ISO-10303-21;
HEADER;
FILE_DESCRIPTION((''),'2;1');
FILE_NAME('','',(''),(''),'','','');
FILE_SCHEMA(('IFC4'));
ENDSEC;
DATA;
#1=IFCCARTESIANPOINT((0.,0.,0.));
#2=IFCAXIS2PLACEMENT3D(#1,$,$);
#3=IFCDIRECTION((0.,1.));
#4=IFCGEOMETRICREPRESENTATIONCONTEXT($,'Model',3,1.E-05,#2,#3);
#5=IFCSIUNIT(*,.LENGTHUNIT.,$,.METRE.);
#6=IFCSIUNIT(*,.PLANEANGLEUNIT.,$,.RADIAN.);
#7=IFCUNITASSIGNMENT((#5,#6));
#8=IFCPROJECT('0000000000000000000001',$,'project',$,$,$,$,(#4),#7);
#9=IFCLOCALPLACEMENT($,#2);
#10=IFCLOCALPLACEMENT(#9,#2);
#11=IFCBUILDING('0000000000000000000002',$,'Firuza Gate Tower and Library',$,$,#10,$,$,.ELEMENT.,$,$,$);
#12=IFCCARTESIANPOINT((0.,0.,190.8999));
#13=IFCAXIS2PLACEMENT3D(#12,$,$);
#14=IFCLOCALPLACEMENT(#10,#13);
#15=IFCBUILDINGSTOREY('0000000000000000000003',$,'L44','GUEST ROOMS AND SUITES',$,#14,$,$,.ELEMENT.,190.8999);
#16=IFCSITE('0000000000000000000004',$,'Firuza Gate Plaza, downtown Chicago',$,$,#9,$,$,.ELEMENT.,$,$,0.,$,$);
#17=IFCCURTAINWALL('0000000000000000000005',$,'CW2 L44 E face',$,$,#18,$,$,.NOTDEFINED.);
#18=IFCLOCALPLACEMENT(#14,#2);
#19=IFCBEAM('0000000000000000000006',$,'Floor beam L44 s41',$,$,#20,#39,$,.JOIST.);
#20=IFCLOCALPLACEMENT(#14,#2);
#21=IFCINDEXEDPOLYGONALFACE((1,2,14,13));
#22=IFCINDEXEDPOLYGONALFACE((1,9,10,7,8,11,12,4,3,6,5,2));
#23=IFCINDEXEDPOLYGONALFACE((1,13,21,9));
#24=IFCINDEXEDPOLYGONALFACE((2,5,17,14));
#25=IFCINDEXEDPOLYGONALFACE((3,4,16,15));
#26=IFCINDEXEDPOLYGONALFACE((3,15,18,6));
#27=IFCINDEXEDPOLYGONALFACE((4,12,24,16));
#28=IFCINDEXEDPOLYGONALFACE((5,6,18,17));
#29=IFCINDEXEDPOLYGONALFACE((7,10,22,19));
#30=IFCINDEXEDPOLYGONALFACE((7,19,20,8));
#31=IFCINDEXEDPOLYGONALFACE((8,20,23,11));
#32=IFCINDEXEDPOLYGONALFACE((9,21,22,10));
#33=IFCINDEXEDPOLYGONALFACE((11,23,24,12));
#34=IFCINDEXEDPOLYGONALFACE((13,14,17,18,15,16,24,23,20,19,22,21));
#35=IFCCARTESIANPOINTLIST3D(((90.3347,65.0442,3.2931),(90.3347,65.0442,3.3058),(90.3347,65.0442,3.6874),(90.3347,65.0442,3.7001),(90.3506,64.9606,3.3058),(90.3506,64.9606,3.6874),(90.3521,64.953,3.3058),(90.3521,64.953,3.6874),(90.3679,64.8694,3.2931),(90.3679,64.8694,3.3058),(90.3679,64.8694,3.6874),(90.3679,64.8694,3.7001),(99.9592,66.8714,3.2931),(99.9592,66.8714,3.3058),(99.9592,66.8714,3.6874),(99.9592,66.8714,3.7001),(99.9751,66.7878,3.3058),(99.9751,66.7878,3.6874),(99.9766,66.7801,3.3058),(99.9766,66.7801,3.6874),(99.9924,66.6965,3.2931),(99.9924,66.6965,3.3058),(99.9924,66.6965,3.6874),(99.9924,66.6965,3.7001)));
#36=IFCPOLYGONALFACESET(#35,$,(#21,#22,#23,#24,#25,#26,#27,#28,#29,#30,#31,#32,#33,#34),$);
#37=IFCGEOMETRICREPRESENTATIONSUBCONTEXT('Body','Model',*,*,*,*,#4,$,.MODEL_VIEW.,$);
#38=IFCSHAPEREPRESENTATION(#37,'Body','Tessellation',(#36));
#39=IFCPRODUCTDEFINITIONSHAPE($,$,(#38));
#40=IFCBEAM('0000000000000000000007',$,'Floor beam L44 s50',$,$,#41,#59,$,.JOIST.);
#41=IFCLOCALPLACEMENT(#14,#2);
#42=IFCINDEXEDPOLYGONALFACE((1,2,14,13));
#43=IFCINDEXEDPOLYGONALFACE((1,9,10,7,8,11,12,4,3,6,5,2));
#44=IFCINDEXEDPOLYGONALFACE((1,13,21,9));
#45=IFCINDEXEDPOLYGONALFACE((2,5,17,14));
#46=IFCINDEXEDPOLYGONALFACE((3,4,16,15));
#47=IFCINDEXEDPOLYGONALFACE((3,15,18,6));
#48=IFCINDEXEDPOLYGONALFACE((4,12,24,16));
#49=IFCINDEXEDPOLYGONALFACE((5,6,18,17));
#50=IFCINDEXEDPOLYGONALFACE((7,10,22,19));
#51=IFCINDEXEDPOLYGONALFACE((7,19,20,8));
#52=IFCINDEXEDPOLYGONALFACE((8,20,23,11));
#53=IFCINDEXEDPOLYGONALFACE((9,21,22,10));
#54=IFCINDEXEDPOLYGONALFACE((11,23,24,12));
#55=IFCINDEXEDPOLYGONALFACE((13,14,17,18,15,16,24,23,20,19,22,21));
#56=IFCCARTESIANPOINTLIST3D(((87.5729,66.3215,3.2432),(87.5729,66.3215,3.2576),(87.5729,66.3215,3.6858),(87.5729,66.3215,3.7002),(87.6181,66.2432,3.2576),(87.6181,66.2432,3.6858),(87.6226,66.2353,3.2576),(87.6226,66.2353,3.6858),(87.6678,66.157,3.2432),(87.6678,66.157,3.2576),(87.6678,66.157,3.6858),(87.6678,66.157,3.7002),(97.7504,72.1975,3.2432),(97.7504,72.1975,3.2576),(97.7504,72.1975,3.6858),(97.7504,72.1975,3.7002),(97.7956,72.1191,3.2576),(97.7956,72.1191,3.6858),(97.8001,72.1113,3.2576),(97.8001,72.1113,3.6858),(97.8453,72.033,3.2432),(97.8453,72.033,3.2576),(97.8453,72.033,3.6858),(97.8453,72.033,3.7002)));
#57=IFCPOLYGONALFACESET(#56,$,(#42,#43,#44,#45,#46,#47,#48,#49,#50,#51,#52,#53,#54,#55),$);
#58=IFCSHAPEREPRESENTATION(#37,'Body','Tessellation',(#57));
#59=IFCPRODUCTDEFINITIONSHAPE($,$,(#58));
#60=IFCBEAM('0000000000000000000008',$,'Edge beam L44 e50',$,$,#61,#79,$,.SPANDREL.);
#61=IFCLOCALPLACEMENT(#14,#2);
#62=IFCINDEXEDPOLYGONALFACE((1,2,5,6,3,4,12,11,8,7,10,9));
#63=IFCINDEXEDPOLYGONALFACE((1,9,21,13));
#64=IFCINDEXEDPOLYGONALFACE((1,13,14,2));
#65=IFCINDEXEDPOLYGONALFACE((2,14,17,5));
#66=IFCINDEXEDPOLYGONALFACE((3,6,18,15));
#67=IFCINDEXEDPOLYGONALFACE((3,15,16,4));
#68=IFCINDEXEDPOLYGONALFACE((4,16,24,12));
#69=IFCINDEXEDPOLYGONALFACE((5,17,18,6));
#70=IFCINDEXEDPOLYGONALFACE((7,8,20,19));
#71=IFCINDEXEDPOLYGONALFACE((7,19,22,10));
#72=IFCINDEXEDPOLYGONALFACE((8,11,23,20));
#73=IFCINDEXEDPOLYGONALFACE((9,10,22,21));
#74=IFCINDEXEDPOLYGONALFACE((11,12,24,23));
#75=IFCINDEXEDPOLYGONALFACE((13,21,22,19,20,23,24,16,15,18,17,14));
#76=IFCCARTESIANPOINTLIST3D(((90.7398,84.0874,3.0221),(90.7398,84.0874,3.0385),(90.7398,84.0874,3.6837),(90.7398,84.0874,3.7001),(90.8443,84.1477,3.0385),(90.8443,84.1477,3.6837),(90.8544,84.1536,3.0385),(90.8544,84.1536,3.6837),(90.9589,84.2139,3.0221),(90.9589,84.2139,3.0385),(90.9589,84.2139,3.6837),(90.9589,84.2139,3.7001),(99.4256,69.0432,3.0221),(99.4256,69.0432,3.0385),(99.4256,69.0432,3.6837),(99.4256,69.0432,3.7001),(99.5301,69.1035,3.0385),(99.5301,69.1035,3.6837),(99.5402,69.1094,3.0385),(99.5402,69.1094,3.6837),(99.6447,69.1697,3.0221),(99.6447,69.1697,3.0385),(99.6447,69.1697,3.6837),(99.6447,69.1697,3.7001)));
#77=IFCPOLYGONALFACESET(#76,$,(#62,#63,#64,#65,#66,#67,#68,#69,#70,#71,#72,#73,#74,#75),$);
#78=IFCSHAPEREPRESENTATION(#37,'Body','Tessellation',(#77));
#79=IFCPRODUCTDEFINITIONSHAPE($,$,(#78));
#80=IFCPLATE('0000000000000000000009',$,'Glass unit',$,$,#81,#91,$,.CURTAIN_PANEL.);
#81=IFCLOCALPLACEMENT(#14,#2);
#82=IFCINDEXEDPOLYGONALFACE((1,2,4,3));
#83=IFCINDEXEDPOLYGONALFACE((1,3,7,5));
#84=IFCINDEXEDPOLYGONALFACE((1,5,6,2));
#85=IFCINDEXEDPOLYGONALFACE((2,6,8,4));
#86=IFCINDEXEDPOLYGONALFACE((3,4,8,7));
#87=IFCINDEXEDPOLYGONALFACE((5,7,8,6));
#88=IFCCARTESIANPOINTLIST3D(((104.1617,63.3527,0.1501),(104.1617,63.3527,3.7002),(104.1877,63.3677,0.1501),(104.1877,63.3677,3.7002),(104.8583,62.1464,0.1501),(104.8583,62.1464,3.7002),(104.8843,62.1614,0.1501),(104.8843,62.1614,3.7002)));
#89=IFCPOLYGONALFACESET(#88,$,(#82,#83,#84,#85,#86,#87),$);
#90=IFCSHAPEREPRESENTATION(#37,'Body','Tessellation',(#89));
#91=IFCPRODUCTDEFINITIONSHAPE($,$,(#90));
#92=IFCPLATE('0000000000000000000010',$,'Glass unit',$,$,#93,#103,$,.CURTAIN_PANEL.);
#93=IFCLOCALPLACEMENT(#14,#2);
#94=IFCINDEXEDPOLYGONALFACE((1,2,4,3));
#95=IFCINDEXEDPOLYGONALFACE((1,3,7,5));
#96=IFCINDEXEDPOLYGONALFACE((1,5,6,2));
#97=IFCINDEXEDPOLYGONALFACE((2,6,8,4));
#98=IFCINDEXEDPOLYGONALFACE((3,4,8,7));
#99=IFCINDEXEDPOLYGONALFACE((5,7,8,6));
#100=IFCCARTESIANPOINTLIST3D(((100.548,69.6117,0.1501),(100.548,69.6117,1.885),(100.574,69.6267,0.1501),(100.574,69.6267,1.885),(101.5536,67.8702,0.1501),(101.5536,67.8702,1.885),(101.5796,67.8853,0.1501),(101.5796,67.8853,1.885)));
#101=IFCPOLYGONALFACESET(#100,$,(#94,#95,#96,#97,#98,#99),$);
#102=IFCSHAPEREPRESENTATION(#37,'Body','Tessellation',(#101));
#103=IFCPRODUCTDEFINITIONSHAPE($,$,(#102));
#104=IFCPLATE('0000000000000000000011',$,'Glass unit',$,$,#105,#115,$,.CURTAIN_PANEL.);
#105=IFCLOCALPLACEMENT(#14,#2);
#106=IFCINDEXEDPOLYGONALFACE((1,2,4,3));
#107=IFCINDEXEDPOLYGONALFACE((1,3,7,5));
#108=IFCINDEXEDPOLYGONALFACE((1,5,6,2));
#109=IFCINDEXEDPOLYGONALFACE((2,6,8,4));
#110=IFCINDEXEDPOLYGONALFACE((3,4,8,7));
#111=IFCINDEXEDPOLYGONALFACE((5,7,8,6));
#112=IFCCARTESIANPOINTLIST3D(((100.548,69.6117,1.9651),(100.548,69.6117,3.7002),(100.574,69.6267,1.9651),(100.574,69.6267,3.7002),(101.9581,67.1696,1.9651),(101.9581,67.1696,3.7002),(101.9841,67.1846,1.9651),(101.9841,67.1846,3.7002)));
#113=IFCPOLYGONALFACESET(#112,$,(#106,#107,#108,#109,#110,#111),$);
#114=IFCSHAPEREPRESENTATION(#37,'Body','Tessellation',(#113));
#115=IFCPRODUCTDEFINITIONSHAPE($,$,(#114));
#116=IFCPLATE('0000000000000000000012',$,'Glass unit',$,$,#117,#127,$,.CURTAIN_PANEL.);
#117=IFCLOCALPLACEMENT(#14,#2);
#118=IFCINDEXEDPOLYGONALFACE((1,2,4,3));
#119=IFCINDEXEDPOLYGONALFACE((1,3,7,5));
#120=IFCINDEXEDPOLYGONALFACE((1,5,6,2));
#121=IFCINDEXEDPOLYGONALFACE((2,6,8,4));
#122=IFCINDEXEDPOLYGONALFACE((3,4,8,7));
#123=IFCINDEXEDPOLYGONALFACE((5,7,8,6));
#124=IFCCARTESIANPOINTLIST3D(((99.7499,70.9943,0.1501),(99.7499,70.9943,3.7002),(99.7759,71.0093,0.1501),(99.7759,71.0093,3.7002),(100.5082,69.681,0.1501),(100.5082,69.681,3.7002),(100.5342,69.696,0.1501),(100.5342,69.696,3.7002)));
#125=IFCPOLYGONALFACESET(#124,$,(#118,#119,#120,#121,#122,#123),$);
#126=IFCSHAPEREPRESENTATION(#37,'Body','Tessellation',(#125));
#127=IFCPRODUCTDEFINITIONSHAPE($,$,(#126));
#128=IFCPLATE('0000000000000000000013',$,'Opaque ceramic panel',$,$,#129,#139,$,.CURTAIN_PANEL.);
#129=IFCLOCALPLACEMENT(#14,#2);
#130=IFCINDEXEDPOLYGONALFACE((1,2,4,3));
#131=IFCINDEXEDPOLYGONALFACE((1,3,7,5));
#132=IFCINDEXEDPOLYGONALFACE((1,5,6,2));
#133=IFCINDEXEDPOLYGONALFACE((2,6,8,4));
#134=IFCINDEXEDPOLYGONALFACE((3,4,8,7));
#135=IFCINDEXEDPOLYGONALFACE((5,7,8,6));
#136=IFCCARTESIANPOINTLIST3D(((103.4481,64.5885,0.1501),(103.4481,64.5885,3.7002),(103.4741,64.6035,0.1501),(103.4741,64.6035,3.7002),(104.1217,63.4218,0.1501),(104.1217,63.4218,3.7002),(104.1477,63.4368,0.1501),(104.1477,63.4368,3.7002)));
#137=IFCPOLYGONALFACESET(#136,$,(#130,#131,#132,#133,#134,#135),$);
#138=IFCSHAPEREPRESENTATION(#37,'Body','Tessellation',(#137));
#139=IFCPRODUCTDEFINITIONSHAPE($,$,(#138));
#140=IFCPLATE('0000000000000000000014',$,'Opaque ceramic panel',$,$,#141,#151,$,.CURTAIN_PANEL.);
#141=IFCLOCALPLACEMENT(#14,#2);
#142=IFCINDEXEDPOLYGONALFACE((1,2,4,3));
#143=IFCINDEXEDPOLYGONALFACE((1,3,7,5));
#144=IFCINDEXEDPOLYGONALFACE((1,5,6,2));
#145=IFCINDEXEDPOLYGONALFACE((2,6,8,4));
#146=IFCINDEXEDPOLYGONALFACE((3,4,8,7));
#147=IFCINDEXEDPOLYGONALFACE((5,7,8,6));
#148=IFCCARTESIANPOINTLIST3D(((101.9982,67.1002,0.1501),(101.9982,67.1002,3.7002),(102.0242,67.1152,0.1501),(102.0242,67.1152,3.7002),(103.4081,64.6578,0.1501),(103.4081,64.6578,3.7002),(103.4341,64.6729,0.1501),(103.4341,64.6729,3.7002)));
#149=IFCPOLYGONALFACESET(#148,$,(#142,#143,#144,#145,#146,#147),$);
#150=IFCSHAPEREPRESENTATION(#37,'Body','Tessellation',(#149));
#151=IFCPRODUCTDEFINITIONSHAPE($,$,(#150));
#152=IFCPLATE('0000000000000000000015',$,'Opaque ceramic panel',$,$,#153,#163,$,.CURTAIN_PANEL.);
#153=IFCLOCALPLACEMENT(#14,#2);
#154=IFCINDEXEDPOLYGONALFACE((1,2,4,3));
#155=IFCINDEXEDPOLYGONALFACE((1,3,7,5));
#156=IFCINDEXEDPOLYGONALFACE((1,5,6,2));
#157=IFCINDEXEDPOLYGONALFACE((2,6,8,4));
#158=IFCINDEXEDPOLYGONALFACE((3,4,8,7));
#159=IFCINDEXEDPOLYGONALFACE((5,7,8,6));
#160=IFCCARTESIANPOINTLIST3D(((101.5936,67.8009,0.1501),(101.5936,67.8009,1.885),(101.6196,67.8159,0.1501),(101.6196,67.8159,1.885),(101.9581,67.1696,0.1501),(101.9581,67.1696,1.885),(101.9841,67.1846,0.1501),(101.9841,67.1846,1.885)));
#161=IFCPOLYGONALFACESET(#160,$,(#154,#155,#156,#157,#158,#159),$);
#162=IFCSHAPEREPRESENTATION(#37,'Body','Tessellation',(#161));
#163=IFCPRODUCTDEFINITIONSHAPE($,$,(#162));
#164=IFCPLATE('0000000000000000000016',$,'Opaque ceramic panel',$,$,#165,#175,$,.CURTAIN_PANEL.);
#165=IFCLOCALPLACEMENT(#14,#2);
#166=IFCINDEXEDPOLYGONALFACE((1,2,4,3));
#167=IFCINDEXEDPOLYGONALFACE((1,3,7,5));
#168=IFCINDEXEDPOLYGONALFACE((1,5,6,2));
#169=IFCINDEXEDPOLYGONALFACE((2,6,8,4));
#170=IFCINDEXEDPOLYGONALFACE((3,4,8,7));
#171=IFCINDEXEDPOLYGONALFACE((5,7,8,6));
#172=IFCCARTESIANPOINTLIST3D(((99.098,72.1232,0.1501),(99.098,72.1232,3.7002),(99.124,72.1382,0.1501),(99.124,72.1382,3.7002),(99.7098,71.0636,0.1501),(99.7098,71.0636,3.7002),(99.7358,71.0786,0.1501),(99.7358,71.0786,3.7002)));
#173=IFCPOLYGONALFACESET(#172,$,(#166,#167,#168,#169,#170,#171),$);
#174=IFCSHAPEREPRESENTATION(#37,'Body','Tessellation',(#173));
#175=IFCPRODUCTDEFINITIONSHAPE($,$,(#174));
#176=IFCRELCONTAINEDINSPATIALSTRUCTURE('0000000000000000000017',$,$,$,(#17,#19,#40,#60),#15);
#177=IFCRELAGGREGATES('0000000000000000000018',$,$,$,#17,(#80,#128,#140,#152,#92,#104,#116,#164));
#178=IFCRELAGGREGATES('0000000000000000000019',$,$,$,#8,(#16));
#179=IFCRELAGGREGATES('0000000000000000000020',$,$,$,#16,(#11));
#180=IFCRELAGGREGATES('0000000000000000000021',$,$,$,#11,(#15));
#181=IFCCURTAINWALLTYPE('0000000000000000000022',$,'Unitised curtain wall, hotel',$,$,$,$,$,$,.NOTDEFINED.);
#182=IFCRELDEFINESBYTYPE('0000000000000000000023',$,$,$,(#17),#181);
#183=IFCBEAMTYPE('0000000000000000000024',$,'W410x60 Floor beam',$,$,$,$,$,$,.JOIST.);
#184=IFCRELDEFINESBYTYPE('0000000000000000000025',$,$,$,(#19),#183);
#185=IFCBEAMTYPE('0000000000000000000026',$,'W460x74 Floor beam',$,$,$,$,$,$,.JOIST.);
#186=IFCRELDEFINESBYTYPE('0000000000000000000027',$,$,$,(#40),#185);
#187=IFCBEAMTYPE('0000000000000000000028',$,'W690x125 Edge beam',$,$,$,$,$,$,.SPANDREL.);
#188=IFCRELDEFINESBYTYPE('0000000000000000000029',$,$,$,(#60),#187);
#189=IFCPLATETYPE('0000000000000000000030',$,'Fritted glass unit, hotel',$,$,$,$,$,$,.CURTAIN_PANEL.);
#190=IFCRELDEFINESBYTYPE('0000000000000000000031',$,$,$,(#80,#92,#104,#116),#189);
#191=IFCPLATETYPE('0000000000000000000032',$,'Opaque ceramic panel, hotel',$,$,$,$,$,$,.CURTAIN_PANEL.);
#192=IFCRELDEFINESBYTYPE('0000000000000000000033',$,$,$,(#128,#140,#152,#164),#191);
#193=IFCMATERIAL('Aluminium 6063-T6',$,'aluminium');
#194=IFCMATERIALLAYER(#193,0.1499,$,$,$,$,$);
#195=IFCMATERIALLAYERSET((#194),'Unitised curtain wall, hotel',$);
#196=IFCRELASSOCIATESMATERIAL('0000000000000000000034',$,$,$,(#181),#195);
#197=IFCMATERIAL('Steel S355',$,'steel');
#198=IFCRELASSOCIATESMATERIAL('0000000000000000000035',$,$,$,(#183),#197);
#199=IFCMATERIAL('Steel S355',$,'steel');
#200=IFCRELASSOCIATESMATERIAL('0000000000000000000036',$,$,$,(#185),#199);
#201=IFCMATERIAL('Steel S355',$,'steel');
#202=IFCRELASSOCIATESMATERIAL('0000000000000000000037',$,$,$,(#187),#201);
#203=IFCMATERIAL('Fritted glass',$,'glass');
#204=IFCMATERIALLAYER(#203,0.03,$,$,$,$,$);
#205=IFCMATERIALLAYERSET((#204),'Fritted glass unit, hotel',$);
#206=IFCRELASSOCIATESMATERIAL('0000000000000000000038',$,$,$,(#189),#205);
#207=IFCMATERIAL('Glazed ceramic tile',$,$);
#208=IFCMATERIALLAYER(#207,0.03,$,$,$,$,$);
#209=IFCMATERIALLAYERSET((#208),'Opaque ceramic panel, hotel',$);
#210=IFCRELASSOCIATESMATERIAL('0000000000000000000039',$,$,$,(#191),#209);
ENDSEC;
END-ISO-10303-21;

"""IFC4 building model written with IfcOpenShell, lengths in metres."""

from ifc_helpers import new_model, si_unit, direction, frame, origin, origin_2d, place, context, subcontext, project, spatial, polyline, i_section, outline, extrude, material, layer, layer_set, material_profile, profile_set, type_object, element, aggregate, save


model = new_model("IFC4")

# Units and contexts
model_context = context("Model", 3, precision=1e-05, world=origin(), true_north=direction((0.0, 1.0)))
body_context = subcontext(model_context, "Body", "Model", "MODEL_VIEW")
ifc_project = project(units=[si_unit("LENGTHUNIT", "METRE"), si_unit("PLANEANGLEUNIT", "RADIAN")], contexts=[model_context])

# Site, building, storey
site_placement = place(None, origin())
site = spatial("IfcSite", under=ifc_project, at=site_placement, Name="Firuza Gate Plaza, downtown Chicago", CompositionType="ELEMENT", RefElevation=0.0)
building_placement = place(site_placement, origin())
building = spatial("IfcBuilding", under=site, at=building_placement, Name="Firuza Gate Tower and Library", CompositionType="ELEMENT")
storey_placement = place(building_placement, frame((0.0, 0.0, 190.8999)))
storey = spatial("IfcBuildingStorey", under=building, at=storey_placement, Name="L44", Description="GUEST ROOMS AND SUITES", CompositionType="ELEMENT", Elevation=190.8999)

# Curtain wall
ifc_material_1 = material(Name="Aluminium 6063-T6", Category="aluminium")
ifc_layer_1 = layer(ifc_material_1, 0.1499)
ifc_layer_set_1 = layer_set([ifc_layer_1], Name="Unitised curtain wall, hotel")
curtain_wall_type_1 = type_object("IfcCurtainWallType", Name="Unitised curtain wall, hotel", PredefinedType="NOTDEFINED", material=ifc_layer_set_1)
placement = place(storey_placement, origin())
curtain_wall_1 = element("IfcCurtainWall", 1, at=placement, inside=storey, type_object=curtain_wall_type_1, Name="CW2 L44 E face", PredefinedType="NOTDEFINED")

# Beams
ifc_material_2 = material(Name="Steel S355", Category="steel")
ifc_material_profile_1 = material_profile(ifc_material_2, i_section(OverallWidth=0.178, OverallDepth=0.407, WebThickness=0.0078, FlangeThickness=0.0127, at=origin_2d()))
ifc_profile_set_1 = profile_set([ifc_material_profile_1], Name="Steel S355")
beam_type_1 = type_object("IfcBeamType", Name="W410x60 Floor beam", PredefinedType="JOIST", material=ifc_profile_set_1)
beam_1_placement = place(storey_placement, frame((99.9758, 66.7839, 3.4966), z_axis=(-0.982453, -0.186512, 0.0), x_axis=(0.186512, -0.982453, 0.0)))
element("IfcBeam", 2, at=beam_1_placement, inside=storey, type_object=beam_type_1, Name="Floor beam L44 s41", PredefinedType="JOIST", context=body_context, shape_type="SweptSolid", body=[
    extrude(i_section(OverallWidth=0.178, OverallDepth=0.407, WebThickness=0.0078, FlangeThickness=0.0127, at=origin_2d()), origin(), (0.0, 0.0, 1.0), 9.7964),
])
ifc_material_3 = material(Name="Steel S355", Category="steel")
ifc_material_profile_2 = material_profile(ifc_material_3, i_section(OverallWidth=0.1899, OverallDepth=0.457, WebThickness=0.009, FlangeThickness=0.0144, at=origin_2d()))
ifc_profile_set_2 = profile_set([ifc_material_profile_2], Name="Steel S355")
beam_type_2 = type_object("IfcBeamType", Name="W460x74 Floor beam", PredefinedType="JOIST", material=ifc_profile_set_2)
beam_2_placement = place(storey_placement, frame((97.7979, 72.1152, 3.4717), z_axis=(-0.866025, -0.5, 0.0), x_axis=(0.5, -0.866025, 0.0)))
element("IfcBeam", 3, at=beam_2_placement, inside=storey, type_object=beam_type_2, Name="Floor beam L44 s50", PredefinedType="JOIST", context=body_context, shape_type="SweptSolid", body=[
    extrude(i_section(OverallWidth=0.1899, OverallDepth=0.457, WebThickness=0.009, FlangeThickness=0.0144, at=origin_2d()), origin(), (0.0, 0.0, 1.0), 11.752),
])
ifc_material_4 = material(Name="Steel S355", Category="steel")
ifc_material_profile_3 = material_profile(ifc_material_4, i_section(OverallWidth=0.2529, OverallDepth=0.678, WebThickness=0.0117, FlangeThickness=0.0164, at=origin_2d()))
ifc_profile_set_3 = profile_set([ifc_material_profile_3], Name="Steel S355")
beam_type_3 = type_object("IfcBeamType", Name="W690x125 Edge beam", PredefinedType="SPANDREL", material=ifc_profile_set_3)
beam_3_placement = place(storey_placement, frame((99.5352, 69.1064, 3.3611), z_axis=(-0.500001, 0.866025, 0.0), x_axis=(-0.866025, -0.500001, 0.0)))
element("IfcBeam", 4, at=beam_3_placement, inside=storey, type_object=beam_type_3, Name="Edge beam L44 e50", PredefinedType="SPANDREL", context=body_context, shape_type="SweptSolid", body=[
    extrude(i_section(OverallWidth=0.2529, OverallDepth=0.678, WebThickness=0.0117, FlangeThickness=0.0164, at=origin_2d()), origin(), (0.0, 0.0, 1.0), 17.3716),
])

# Plates
ifc_material_5 = material(Name="Fritted glass", Category="glass")
ifc_layer_2 = layer(ifc_material_5, 0.03)
ifc_layer_set_2 = layer_set([ifc_layer_2], Name="Fritted glass unit, hotel")
plate_type_1 = type_object("IfcPlateType", Name="Fritted glass unit, hotel", PredefinedType="CURTAIN_PANEL", material=ifc_layer_set_2)
plate_1_placement = place(storey_placement, frame((104.8843, 62.1614, 0.1501), z_axis=(0.866002, 0.500041, 0.0), x_axis=(-0.500041, 0.866002, 0.0)))
plate_1 = element("IfcPlate", 5, at=plate_1_placement, type_object=plate_type_1, Name="Glass unit", PredefinedType="CURTAIN_PANEL", context=body_context, shape_type="SweptSolid", body=[
    extrude(outline(polyline([(0.0, 0.0), (1.393, 0.0), (1.393, 3.55), (0.0, 3.55), (0.0, 0.0)])), origin(), (0.0, 0.0, -1.0), 0.03),
])
plate_2_placement = place(storey_placement, frame((101.5796, 67.8853, 0.1501), z_axis=(0.865985, 0.500069, 0.0), x_axis=(-0.500069, 0.865985, 0.0)))
plate_2 = element("IfcPlate", 6, at=plate_2_placement, type_object=plate_type_1, Name="Glass unit", PredefinedType="CURTAIN_PANEL", context=body_context, shape_type="SweptSolid", body=[
    extrude(outline(polyline([(0.0, 0.0), (2.011, 0.0), (2.011, 1.7349), (0.0, 1.7349), (0.0, 0.0)])), origin(), (0.0, 0.0, -1.0), 0.03),
])
plate_3_placement = place(storey_placement, frame((101.9841, 67.1846, 1.9651), z_axis=(0.865997, 0.50005, 0.0), x_axis=(-0.50005, 0.865997, 0.0)))
plate_3 = element("IfcPlate", 7, at=plate_3_placement, type_object=plate_type_1, Name="Glass unit", PredefinedType="CURTAIN_PANEL", context=body_context, shape_type="SweptSolid", body=[
    extrude(outline(polyline([(0.0, 0.0), (2.82, 0.0), (2.82, 1.7351), (0.0, 1.7351), (0.0, 0.0)])), origin(), (0.0, 0.0, -1.0), 0.03),
])
plate_4_placement = place(storey_placement, frame((100.5342, 69.696, 0.1501), z_axis=(0.865995, 0.500052, 0.0), x_axis=(-0.500052, 0.865995, 0.0)))
plate_4 = element("IfcPlate", 8, at=plate_4_placement, type_object=plate_type_1, Name="Glass unit", PredefinedType="CURTAIN_PANEL", context=body_context, shape_type="SweptSolid", body=[
    extrude(outline(polyline([(0.0, 0.0), (1.5164, 0.0), (1.5164, 3.55), (0.0, 3.55), (0.0, 0.0)])), origin(), (0.0, 0.0, -1.0), 0.03),
])
ifc_material_6 = material(Name="Glazed ceramic tile")
ifc_layer_3 = layer(ifc_material_6, 0.03)
ifc_layer_set_3 = layer_set([ifc_layer_3], Name="Opaque ceramic panel, hotel")
plate_type_2 = type_object("IfcPlateType", Name="Opaque ceramic panel, hotel", PredefinedType="CURTAIN_PANEL", material=ifc_layer_set_3)
plate_5_placement = place(storey_placement, frame((104.1477, 63.4368, 0.1501), z_axis=(0.866038, 0.499979, 0.0), x_axis=(-0.499979, 0.866038, 0.0)))
plate_5 = element("IfcPlate", 9, at=plate_5_placement, type_object=plate_type_2, Name="Opaque ceramic panel", PredefinedType="CURTAIN_PANEL", context=body_context, shape_type="SweptSolid", body=[
    extrude(outline(polyline([(0.0, 0.0), (1.3472, 0.0), (1.3472, 3.55), (0.0, 3.55), (0.0, 0.0)])), origin(), (0.0, 0.0, -1.0), 0.03),
])
plate_6_placement = place(storey_placement, frame((103.4341, 64.6729, 0.1501), z_axis=(0.866056, 0.499947, 0.0), x_axis=(-0.499947, 0.866056, 0.0)))
plate_6 = element("IfcPlate", 10, at=plate_6_placement, type_object=plate_type_2, Name="Opaque ceramic panel", PredefinedType="CURTAIN_PANEL", context=body_context, shape_type="SweptSolid", body=[
    extrude(outline(polyline([(0.0, 0.0), (2.8201, 0.0), (2.8201, 3.55), (0.0, 3.55), (0.0, 0.0)])), origin(), (0.0, 0.0, -1.0), 0.03),
])
plate_7_placement = place(storey_placement, frame((101.9841, 67.1846, 0.1501), z_axis=(0.866029, 0.499993, 0.0), x_axis=(-0.499993, 0.866029, 0.0)))
plate_7 = element("IfcPlate", 11, at=plate_7_placement, type_object=plate_type_2, Name="Opaque ceramic panel", PredefinedType="CURTAIN_PANEL", context=body_context, shape_type="SweptSolid", body=[
    extrude(outline(polyline([(0.0, 0.0), (0.729, 0.0), (0.729, 1.7349), (0.0, 1.7349), (0.0, 0.0)])), origin(), (0.0, 0.0, -1.0), 0.03),
])
plate_8_placement = place(storey_placement, frame((99.7358, 71.0786, 0.1501), z_axis=(0.865999, 0.500045, 0.0), x_axis=(-0.500045, 0.865999, 0.0)))
plate_8 = element("IfcPlate", 12, at=plate_8_placement, type_object=plate_type_2, Name="Opaque ceramic panel", PredefinedType="CURTAIN_PANEL", context=body_context, shape_type="SweptSolid", body=[
    extrude(outline(polyline([(0.0, 0.0), (1.2235, 0.0), (1.2235, 3.55), (0.0, 3.55), (0.0, 0.0)])), origin(), (0.0, 0.0, -1.0), 0.03),
])
aggregate(curtain_wall_1, [plate_1, plate_5, plate_6, plate_7, plate_2, plate_3, plate_4, plate_8])

save(model, "model.ifc")
